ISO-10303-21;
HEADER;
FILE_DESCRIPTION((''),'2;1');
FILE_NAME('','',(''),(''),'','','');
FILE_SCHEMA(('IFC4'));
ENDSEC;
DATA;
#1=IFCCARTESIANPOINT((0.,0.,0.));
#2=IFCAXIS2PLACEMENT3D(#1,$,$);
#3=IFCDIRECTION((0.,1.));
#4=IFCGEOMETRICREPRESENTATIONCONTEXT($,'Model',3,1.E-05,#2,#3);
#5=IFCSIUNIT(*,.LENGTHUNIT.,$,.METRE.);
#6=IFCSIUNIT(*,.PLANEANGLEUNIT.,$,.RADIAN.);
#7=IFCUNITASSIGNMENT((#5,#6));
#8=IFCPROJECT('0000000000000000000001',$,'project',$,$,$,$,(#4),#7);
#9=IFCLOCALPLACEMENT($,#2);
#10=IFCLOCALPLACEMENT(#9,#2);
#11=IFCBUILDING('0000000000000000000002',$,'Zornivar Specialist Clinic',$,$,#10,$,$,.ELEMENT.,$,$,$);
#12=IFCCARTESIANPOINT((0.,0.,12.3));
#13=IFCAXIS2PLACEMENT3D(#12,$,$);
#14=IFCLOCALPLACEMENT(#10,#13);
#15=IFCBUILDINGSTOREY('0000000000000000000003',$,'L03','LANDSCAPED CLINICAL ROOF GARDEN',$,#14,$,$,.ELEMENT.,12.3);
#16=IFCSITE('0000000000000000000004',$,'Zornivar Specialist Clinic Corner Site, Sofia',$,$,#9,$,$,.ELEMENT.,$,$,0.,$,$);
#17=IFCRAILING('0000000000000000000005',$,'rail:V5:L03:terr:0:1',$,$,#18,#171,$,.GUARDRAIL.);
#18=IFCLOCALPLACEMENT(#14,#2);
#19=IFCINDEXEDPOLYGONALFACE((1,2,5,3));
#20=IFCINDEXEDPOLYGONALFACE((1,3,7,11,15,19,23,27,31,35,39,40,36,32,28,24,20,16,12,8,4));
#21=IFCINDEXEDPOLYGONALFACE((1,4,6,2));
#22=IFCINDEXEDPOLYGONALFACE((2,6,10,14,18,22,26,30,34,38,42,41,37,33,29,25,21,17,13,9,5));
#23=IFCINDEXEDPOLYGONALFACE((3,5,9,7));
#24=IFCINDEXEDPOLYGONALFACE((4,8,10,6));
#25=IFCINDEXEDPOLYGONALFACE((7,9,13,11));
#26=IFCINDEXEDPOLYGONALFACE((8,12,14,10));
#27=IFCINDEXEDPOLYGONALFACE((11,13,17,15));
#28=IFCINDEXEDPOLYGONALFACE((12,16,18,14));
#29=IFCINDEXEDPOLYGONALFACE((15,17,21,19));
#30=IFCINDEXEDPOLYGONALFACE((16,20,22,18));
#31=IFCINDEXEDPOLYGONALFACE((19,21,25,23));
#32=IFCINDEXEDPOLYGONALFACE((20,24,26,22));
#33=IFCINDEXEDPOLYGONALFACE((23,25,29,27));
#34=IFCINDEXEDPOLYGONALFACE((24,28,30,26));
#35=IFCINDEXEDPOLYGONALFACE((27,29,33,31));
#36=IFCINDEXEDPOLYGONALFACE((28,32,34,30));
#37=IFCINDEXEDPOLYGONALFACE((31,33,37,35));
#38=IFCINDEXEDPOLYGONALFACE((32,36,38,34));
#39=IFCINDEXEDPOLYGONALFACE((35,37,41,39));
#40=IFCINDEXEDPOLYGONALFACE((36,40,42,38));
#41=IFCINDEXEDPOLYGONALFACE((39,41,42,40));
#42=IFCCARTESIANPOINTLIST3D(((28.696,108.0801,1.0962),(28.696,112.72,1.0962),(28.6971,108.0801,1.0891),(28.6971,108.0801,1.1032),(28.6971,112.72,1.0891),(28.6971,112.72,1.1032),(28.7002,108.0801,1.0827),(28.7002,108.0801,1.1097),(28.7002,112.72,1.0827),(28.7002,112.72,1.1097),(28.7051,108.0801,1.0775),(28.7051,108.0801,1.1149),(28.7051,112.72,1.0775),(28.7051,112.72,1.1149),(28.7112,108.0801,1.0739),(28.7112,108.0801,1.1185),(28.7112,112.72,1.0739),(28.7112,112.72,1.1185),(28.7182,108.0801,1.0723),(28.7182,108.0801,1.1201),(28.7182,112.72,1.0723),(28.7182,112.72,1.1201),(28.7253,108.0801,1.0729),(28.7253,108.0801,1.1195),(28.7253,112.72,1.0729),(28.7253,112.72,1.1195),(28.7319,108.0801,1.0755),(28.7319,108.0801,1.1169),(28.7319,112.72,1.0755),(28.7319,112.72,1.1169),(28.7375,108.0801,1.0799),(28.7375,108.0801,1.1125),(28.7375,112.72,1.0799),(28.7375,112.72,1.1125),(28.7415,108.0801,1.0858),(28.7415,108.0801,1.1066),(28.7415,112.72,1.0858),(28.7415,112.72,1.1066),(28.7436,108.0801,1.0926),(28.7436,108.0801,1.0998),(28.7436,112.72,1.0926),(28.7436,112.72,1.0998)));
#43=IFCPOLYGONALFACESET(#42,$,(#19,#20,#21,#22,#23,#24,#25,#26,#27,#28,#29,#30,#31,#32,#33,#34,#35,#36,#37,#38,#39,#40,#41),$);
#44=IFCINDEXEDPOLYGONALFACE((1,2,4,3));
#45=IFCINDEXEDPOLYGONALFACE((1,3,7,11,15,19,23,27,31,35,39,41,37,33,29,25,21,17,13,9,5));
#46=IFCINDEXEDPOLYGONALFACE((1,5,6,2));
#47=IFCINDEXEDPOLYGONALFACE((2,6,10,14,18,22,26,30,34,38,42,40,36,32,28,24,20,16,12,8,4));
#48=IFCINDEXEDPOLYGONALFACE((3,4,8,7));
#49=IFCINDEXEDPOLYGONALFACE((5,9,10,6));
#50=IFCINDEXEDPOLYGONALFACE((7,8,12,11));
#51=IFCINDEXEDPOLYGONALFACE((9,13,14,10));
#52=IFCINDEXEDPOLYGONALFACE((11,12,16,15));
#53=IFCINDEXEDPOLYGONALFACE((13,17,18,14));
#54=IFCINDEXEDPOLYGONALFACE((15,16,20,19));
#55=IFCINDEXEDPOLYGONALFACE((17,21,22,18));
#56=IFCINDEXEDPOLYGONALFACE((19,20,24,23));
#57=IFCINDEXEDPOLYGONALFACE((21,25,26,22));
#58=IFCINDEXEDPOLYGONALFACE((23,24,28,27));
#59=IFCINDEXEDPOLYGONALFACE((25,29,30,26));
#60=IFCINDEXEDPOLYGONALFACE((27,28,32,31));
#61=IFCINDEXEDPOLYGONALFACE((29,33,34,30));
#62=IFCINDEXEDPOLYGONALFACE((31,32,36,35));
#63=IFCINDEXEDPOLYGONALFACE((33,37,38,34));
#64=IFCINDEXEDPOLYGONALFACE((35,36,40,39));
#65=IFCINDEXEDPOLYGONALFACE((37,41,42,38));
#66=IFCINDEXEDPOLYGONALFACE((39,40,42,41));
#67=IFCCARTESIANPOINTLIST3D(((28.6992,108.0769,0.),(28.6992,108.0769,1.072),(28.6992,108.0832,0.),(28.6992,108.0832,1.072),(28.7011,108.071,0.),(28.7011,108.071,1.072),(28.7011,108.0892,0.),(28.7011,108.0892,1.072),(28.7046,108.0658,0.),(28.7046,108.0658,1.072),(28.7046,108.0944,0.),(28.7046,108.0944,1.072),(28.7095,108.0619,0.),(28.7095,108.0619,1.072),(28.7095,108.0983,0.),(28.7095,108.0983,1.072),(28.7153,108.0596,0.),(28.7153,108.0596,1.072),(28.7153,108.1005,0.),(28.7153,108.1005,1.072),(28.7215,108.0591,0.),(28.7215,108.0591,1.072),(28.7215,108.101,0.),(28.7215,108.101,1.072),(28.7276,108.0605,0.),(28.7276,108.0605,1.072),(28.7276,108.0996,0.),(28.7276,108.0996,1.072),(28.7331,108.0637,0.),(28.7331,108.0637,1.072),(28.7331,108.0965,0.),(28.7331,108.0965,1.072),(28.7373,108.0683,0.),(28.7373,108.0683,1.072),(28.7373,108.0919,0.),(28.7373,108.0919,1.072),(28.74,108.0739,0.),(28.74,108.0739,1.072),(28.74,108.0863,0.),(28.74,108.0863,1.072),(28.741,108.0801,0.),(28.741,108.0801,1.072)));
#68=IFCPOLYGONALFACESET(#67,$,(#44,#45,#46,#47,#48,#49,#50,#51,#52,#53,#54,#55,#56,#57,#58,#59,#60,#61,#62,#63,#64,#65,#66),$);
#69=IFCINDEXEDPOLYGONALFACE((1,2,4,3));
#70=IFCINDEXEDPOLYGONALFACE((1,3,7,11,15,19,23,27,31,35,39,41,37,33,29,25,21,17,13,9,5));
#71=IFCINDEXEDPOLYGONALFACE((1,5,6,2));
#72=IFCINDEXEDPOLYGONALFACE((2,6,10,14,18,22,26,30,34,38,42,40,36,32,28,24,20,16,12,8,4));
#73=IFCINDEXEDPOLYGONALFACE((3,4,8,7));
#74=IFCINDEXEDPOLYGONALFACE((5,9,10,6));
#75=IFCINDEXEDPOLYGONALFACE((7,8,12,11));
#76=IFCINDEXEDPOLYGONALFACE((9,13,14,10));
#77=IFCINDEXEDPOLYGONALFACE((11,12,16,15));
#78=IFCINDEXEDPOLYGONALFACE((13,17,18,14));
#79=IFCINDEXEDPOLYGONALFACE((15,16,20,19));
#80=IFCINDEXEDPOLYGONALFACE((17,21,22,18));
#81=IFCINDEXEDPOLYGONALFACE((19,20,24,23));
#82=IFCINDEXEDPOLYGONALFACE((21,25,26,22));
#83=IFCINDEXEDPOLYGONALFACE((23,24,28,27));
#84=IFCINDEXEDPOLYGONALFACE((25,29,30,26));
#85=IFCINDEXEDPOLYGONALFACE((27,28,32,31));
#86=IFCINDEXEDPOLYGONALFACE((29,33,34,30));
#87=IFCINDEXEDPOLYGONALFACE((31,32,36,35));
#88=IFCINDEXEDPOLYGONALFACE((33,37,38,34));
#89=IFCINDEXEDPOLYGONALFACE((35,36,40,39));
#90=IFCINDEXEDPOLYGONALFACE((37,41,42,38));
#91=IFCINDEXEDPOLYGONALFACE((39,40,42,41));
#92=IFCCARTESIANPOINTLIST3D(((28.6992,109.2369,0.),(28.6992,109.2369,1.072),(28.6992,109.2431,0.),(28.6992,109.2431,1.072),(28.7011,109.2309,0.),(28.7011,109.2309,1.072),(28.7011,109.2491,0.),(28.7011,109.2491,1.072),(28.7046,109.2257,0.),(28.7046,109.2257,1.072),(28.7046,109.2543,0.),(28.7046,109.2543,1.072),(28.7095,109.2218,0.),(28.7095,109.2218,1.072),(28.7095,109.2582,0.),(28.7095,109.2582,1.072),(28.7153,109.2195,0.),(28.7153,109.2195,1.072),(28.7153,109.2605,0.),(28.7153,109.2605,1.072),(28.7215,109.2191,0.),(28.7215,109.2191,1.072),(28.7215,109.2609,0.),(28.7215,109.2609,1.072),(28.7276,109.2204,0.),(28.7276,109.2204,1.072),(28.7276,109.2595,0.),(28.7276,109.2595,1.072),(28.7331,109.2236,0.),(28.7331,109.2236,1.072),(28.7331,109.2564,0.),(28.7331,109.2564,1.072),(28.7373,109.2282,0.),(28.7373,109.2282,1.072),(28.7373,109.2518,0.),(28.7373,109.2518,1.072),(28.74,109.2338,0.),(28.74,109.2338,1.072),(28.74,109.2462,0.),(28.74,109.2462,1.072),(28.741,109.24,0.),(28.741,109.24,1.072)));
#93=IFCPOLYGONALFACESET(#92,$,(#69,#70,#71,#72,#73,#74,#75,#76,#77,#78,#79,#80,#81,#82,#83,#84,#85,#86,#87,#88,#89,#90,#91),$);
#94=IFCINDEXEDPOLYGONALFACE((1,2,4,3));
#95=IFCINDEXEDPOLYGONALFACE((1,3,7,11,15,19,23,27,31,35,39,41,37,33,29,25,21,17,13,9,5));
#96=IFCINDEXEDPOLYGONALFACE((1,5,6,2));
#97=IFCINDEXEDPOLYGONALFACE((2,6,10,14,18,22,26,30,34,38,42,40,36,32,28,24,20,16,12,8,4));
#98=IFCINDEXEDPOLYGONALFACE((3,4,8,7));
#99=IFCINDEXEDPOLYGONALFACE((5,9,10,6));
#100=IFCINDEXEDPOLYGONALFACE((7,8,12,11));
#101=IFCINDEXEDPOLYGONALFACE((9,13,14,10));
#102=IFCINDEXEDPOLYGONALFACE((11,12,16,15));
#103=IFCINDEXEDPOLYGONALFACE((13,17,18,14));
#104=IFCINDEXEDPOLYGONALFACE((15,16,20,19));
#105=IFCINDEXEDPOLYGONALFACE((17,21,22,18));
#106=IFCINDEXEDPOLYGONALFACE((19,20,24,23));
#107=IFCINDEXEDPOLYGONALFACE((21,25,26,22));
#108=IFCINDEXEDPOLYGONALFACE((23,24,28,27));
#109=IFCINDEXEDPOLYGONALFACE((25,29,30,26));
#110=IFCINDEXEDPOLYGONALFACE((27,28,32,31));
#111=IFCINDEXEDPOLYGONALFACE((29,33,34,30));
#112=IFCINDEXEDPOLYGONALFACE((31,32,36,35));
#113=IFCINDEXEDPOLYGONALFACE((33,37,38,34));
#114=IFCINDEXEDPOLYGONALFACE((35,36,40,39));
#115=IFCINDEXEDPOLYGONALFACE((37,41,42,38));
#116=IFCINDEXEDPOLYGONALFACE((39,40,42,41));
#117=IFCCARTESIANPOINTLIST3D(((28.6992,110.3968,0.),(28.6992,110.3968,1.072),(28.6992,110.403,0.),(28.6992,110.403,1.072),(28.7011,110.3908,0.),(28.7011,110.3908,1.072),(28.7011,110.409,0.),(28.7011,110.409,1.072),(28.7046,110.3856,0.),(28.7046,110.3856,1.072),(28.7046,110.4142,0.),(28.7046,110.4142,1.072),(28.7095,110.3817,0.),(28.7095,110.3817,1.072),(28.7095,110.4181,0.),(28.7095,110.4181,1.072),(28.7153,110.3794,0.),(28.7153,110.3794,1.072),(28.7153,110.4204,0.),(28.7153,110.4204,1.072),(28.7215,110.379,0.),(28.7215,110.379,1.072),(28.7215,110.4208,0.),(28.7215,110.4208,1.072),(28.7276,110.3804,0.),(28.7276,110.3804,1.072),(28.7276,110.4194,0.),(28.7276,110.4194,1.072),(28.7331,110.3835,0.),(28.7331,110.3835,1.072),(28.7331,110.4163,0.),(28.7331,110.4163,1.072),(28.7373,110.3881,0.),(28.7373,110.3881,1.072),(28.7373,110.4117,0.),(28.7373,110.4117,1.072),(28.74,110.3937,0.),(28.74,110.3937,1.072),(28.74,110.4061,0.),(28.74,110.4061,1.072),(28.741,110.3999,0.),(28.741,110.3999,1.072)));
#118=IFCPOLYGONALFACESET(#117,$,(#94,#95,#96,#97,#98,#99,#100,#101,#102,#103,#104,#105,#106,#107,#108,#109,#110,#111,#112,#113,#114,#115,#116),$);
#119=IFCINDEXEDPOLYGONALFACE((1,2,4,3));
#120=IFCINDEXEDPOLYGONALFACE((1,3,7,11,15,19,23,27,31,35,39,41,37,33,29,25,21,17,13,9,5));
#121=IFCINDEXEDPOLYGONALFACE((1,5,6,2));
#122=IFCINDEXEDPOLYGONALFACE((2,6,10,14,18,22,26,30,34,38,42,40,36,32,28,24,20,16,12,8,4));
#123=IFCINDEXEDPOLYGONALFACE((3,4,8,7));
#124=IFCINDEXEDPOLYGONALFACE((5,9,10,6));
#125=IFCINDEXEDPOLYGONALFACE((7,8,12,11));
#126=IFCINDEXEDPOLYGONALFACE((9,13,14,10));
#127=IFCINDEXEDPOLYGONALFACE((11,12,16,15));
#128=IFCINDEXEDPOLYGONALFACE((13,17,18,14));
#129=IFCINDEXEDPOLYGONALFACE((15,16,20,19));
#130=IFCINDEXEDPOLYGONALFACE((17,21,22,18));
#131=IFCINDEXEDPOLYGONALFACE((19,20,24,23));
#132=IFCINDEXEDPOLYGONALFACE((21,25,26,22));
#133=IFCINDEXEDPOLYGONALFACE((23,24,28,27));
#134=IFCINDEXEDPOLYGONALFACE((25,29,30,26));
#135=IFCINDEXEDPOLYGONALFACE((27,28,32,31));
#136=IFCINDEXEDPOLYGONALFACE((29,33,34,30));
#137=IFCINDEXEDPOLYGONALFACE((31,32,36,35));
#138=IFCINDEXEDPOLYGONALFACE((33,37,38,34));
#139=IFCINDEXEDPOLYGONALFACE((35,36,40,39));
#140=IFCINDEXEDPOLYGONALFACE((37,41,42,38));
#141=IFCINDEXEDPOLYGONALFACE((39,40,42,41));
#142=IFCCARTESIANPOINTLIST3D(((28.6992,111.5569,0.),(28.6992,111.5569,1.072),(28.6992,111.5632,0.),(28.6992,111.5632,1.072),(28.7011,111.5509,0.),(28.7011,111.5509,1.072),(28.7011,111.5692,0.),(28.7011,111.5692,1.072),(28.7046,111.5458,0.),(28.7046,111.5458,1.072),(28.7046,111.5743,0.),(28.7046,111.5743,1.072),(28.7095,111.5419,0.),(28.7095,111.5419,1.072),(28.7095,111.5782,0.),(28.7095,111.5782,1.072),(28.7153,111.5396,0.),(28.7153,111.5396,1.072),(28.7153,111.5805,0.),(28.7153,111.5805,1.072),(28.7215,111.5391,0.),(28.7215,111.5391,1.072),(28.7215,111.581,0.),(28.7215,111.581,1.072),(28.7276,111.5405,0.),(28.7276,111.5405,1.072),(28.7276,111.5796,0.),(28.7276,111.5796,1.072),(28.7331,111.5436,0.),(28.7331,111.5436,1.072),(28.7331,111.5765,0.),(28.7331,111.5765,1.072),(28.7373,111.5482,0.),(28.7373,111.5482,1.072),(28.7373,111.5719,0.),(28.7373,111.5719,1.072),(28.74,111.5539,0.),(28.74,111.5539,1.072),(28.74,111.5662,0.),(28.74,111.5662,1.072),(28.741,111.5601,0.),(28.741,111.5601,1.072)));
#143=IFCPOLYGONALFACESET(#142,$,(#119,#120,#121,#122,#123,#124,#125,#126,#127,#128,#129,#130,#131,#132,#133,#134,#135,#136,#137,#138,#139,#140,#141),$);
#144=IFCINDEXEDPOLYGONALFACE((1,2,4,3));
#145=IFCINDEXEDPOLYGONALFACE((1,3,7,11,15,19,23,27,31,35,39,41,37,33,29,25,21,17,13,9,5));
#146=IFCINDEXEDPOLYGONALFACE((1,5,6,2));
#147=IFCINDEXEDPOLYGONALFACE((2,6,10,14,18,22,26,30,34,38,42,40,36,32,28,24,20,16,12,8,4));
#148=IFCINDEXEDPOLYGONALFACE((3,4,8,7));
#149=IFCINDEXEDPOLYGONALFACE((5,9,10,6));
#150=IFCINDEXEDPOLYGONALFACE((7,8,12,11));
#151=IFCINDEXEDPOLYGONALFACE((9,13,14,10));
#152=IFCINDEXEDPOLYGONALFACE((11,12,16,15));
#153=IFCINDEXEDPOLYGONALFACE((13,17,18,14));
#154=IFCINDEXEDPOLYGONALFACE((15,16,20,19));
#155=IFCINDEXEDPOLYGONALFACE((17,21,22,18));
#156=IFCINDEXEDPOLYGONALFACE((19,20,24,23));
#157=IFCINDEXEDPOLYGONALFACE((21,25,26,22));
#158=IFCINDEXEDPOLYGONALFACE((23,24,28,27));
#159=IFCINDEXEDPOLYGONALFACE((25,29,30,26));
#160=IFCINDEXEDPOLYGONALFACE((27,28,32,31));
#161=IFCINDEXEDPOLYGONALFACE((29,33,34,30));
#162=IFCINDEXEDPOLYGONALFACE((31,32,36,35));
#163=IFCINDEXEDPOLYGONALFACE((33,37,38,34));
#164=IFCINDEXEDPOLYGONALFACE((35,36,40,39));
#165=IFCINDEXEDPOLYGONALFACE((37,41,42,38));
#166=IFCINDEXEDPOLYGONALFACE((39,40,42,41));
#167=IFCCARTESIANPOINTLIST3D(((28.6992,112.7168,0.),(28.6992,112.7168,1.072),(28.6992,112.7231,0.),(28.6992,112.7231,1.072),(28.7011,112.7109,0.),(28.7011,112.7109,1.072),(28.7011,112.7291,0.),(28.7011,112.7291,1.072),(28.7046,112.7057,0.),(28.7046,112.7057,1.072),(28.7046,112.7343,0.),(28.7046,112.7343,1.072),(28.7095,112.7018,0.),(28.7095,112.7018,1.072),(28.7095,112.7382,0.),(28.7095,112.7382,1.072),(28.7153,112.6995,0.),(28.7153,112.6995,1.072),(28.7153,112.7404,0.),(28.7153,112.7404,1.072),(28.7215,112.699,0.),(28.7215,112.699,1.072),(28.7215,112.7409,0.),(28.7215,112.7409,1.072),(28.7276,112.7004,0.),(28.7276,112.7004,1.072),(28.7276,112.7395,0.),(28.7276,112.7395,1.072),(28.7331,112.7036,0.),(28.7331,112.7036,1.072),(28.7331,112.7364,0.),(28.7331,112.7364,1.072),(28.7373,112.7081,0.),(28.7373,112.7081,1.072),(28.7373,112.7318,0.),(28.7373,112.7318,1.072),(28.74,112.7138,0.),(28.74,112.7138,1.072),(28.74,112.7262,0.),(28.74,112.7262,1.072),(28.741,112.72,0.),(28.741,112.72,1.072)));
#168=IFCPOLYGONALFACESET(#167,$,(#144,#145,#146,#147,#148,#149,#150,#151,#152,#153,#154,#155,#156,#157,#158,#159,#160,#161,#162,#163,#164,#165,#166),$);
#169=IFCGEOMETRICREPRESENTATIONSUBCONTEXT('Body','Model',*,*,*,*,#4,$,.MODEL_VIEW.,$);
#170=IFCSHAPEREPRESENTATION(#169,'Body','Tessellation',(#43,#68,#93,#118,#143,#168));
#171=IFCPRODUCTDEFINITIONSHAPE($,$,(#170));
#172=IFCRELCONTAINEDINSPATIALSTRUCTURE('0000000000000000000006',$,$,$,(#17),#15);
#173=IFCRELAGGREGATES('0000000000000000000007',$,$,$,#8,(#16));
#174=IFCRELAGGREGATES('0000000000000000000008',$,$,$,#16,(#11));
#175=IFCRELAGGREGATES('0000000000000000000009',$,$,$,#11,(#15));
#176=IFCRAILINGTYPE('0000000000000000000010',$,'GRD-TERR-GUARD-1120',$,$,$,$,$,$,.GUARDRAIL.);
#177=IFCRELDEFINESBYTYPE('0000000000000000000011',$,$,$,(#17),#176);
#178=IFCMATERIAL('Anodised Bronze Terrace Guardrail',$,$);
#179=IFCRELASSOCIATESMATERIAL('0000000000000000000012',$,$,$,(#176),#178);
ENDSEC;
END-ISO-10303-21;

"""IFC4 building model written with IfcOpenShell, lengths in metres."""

from ifc_helpers import new_model, si_unit, direction, frame, origin, origin_2d, place, context, subcontext, project, spatial, circle, extrude, material, type_object, element, save


model = new_model("IFC4")

# Units and contexts
model_context = context("Model", 3, precision=1e-05, world=origin(), true_north=direction((0.0, 1.0)))
body_context = subcontext(model_context, "Body", "Model", "MODEL_VIEW")
ifc_project = project(units=[si_unit("LENGTHUNIT", "METRE"), si_unit("PLANEANGLEUNIT", "RADIAN")], contexts=[model_context])

# Site, building, storey
site_placement = place(None, origin())
site = spatial("IfcSite", under=ifc_project, at=site_placement, Name="Zornivar Specialist Clinic Corner Site, Sofia", CompositionType="ELEMENT", RefElevation=0.0)
building_placement = place(site_placement, origin())
building = spatial("IfcBuilding", under=site, at=building_placement, Name="Zornivar Specialist Clinic", CompositionType="ELEMENT")
storey_placement = place(building_placement, frame((0.0, 0.0, 12.3)))
storey = spatial("IfcBuildingStorey", under=building, at=storey_placement, Name="L03", Description="LANDSCAPED CLINICAL ROOF GARDEN", CompositionType="ELEMENT", Elevation=12.3)

# Railing
ifc_material_1 = material(Name="Anodised Bronze Terrace Guardrail")
railing_type = type_object("IfcRailingType", Name="GRD-TERR-GUARD-1120", PredefinedType="GUARDRAIL", material=ifc_material_1)
railing_1_placement = place(storey_placement, frame((28.72, 108.0801, 0.0)))
element("IfcRailing", 1, at=railing_1_placement, inside=storey, type_object=railing_type, Name="rail:V5:L03:terr:0:1", PredefinedType="GUARDRAIL", context=body_context, shape_type="SweptSolid", body=[
    extrude(circle(Radius=0.0239, at=origin_2d()), frame((0.0, 0.0, 1.0962), z_axis=(0.0, 1.0, 0.0), x_axis=(-1.0, 0.0, 0.0)), (0.0, 0.0, 1.0), 4.6399),
    extrude(circle(Radius=0.021, at=origin_2d()), origin(), (0.0, 0.0, 1.0), 1.072),
    extrude(circle(Radius=0.021, at=origin_2d()), frame((0.0, 1.1599, 0.0)), (0.0, 0.0, 1.0), 1.072),
    extrude(circle(Radius=0.021, at=origin_2d()), frame((0.0, 2.3198, 0.0)), (0.0, 0.0, 1.0), 1.072),
    extrude(circle(Radius=0.021, at=origin_2d()), frame((0.0, 3.48, 0.0)), (0.0, 0.0, 1.0), 1.072),
    extrude(circle(Radius=0.021, at=origin_2d()), frame((0.0, 4.6399, 0.0)), (0.0, 0.0, 1.0), 1.072),
])

save(model, "model.ifc")
